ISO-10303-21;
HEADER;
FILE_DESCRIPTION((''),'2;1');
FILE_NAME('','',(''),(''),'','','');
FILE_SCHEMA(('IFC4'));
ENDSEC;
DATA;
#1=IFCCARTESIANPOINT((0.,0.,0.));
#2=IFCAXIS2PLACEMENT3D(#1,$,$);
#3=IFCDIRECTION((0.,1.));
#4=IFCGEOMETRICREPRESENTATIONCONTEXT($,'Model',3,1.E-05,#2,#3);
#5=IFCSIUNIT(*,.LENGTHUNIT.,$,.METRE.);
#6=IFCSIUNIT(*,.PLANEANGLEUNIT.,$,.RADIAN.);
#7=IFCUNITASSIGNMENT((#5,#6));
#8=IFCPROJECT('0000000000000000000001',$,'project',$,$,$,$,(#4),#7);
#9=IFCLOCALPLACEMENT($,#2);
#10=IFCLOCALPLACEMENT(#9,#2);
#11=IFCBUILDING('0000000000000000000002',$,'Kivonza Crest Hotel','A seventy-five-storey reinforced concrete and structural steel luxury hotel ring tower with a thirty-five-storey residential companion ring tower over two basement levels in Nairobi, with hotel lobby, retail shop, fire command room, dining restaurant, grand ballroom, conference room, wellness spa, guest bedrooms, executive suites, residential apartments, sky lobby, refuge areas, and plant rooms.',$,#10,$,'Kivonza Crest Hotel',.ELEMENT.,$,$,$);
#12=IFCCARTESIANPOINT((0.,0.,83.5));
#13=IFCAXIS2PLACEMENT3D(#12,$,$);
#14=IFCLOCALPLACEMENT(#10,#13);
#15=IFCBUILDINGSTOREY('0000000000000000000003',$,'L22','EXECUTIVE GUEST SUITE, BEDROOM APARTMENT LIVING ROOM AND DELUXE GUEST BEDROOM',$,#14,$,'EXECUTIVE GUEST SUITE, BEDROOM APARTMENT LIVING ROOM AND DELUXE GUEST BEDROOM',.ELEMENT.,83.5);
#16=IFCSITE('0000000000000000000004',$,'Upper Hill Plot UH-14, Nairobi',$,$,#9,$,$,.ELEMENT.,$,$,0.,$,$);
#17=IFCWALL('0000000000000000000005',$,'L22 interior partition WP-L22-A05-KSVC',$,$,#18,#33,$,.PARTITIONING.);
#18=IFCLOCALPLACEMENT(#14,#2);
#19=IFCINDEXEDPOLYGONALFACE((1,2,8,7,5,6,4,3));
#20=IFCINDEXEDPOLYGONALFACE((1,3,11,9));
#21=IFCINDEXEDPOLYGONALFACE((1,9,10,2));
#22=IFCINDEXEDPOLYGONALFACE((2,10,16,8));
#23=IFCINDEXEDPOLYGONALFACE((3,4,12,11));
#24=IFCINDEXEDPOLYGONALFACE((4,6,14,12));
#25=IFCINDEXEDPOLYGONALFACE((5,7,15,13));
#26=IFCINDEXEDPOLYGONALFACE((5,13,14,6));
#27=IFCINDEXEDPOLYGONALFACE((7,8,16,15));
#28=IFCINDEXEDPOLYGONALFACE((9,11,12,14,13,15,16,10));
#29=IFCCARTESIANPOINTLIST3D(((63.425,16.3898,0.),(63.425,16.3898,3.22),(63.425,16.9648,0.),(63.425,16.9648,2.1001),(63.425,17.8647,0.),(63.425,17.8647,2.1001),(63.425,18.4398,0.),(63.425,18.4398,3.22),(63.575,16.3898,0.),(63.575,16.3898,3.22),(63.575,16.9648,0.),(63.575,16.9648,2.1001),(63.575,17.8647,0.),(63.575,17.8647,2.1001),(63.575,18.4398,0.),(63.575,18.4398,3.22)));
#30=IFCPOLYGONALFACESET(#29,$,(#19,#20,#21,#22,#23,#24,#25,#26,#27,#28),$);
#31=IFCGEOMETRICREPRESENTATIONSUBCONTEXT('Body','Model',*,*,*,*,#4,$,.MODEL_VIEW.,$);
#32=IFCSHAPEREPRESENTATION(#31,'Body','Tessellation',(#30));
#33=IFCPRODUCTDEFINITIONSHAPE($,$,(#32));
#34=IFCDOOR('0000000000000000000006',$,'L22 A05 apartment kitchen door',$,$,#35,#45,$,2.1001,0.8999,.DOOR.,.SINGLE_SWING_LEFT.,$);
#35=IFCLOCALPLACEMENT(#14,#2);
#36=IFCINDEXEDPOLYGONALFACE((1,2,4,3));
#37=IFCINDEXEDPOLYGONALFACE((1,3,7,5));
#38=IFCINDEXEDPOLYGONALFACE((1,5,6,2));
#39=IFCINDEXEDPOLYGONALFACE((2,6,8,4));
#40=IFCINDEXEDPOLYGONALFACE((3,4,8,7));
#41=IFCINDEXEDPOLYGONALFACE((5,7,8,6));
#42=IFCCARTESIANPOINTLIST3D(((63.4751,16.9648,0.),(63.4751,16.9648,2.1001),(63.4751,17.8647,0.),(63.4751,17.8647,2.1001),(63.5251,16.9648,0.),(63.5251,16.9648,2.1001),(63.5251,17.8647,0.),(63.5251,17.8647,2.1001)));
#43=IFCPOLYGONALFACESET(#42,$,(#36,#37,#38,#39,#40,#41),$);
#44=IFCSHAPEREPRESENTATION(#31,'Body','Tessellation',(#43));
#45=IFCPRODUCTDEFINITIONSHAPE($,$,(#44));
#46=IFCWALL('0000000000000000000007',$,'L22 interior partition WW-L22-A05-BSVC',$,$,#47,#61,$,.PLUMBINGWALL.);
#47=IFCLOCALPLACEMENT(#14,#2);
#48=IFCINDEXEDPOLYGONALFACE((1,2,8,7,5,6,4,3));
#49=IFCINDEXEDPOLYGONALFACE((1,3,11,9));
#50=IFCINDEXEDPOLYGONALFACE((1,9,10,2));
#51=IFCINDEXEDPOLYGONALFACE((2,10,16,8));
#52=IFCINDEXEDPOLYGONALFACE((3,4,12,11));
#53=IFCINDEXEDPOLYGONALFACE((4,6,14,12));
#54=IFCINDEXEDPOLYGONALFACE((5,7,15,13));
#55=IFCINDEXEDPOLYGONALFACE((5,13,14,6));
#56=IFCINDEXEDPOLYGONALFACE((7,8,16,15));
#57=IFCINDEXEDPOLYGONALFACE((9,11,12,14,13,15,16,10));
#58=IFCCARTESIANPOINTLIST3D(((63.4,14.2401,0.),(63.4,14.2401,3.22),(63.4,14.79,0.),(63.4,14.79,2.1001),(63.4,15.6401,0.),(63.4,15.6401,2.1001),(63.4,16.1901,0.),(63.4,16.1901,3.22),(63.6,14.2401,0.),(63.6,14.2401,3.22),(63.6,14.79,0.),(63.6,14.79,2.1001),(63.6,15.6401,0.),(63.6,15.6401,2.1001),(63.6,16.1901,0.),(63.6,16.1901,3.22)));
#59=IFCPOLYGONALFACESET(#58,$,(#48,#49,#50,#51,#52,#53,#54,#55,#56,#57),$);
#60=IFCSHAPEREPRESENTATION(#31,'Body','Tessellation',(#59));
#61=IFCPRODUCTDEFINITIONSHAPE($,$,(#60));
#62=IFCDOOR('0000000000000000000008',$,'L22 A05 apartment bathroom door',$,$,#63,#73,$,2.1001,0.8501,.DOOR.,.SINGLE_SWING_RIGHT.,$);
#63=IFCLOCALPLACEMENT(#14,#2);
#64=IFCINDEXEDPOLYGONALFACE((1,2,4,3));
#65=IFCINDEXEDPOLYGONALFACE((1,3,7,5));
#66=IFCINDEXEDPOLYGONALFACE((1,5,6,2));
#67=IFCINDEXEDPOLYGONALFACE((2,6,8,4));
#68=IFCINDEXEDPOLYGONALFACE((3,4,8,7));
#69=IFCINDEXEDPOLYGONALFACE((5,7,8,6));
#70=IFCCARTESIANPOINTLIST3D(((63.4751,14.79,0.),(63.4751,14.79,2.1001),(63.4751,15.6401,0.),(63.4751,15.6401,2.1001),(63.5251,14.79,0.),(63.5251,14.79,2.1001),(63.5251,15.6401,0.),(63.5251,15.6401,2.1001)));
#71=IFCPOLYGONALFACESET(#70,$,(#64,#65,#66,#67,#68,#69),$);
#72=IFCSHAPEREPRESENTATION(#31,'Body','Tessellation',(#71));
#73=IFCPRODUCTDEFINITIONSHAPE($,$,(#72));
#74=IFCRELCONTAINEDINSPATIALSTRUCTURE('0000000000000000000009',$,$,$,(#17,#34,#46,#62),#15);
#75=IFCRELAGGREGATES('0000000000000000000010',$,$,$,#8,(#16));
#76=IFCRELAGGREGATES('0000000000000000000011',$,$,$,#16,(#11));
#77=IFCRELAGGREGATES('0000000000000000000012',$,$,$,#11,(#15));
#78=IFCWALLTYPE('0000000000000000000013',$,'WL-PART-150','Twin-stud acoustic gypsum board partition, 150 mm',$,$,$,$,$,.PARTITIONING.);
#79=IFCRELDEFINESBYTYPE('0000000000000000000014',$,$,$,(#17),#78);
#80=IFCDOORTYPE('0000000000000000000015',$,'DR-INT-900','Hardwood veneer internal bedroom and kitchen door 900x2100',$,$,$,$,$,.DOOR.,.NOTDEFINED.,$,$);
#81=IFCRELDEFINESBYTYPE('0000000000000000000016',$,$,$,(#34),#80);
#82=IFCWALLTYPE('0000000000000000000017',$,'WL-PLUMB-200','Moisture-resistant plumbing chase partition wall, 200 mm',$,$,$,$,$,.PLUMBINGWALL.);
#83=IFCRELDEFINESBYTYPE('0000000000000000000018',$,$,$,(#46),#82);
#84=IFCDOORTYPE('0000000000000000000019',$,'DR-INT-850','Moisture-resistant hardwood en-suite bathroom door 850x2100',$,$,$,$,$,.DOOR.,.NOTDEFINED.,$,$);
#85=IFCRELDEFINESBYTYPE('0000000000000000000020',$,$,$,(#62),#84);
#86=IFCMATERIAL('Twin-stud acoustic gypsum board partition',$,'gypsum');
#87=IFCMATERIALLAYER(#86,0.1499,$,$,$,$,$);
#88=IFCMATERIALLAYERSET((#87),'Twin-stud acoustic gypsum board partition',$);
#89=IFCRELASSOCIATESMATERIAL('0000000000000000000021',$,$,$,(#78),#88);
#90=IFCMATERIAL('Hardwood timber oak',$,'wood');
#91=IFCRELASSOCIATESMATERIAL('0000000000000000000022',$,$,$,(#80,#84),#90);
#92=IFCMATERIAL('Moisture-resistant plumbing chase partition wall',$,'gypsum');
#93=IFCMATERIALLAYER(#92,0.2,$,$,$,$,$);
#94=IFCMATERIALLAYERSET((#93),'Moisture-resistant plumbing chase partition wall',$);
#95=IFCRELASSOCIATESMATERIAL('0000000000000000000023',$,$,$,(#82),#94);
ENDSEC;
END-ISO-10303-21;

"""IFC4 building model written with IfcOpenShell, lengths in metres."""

from ifc_helpers import new_model, si_unit, direction, frame, frame_2d, origin, place, context, subcontext, project, spatial, rectangle, extrude, material, layer, layer_set, type_object, element, fill, save


model = new_model("IFC4")

# Units and contexts
model_context = context("Model", 3, precision=1e-05, world=origin(), true_north=direction((0.0, 1.0)))
body_context = subcontext(model_context, "Body", "Model", "MODEL_VIEW")
ifc_project = project(units=[si_unit("LENGTHUNIT", "METRE"), si_unit("PLANEANGLEUNIT", "RADIAN")], contexts=[model_context])

# Site, building, storey
site_placement = place(None, origin())
site = spatial("IfcSite", under=ifc_project, at=site_placement, Name="Upper Hill Plot UH-14, Nairobi", CompositionType="ELEMENT", RefElevation=0.0)
building_placement = place(site_placement, origin())
building = spatial("IfcBuilding", under=site, at=building_placement, Name="Kivonza Crest Hotel", Description="A seventy-five-storey reinforced concrete and structural steel luxury hotel ring tower with a thirty-five-storey residential companion ring tower over two basement levels in Nairobi, with hotel lobby, retail shop, fire command room, dining restaurant, grand ballroom, conference room, wellness spa, guest bedrooms, executive suites, residential apartments, sky lobby, refuge areas, and plant rooms.", LongName="Kivonza Crest Hotel", CompositionType="ELEMENT")
storey_placement = place(building_placement, frame((0.0, 0.0, 83.5)))
storey = spatial("IfcBuildingStorey", under=building, at=storey_placement, Name="L22", Description="EXECUTIVE GUEST SUITE, BEDROOM APARTMENT LIVING ROOM AND DELUXE GUEST BEDROOM", LongName="EXECUTIVE GUEST SUITE, BEDROOM APARTMENT LIVING ROOM AND DELUXE GUEST BEDROOM", CompositionType="ELEMENT", Elevation=83.5)

# Walls, openings, doors
ifc_material_1 = material(Name="Twin-stud acoustic gypsum board partition", Category="gypsum")
ifc_layer_1 = layer(ifc_material_1, 0.1499)
ifc_layer_set_1 = layer_set([ifc_layer_1], Name="Twin-stud acoustic gypsum board partition")
wall_type_1 = type_object("IfcWallType", Name="WL-PART-150", Description="Twin-stud acoustic gypsum board partition, 150 mm", PredefinedType="PARTITIONING", material=ifc_layer_set_1)
ifc_material_2 = material(Name="Hardwood timber oak", Category="wood")
door_type_1 = type_object("IfcDoorType", Name="DR-INT-900", Description="Hardwood veneer internal bedroom and kitchen door 900x2100", OperationType="NOTDEFINED", PredefinedType="DOOR", material=ifc_material_2)
wall_1_placement = place(storey_placement, frame((63.5, 16.3899, 0.0), z_axis=(0.0, 0.0, 1.0), x_axis=(0.0, 1.0, 0.0)))
wall_1 = element("IfcWall", 1, at=wall_1_placement, inside=storey, type_object=wall_type_1, Name="L22 interior partition WP-L22-A05-KSVC", PredefinedType="PARTITIONING", context=body_context, shape_type="SweptSolid", body=[
    extrude(rectangle(XDim=2.05, YDim=0.1499, at=frame_2d((1.0249, 0.0))), origin(), (0.0, 0.0, 1.0), 3.22),
])
opening_1_placement = place(wall_1_placement, frame((0.575, 0.0, 0.0)))
opening_1 = element("IfcOpeningElement", 2, at=opening_1_placement, cuts=wall_1, PredefinedType="OPENING", context=body_context, shape_type="SweptSolid", body=[
    extrude(rectangle(XDim=0.8999, YDim=2.1001, at=frame_2d((0.45, 1.05))), frame((0.0, 0.085, 0.0), z_axis=(0.0, -1.0, 0.0), x_axis=(1.0, 0.0, 0.0)), (0.0, 0.0, 1.0), 0.1699),
])
door_1_placement = place(opening_1_placement, origin())
door_1 = element("IfcDoor", 3, at=door_1_placement, inside=storey, type_object=door_type_1, Name="L22 A05 apartment kitchen door", OperationType="SINGLE_SWING_LEFT", OverallHeight=2.1001, OverallWidth=0.8999, PredefinedType="DOOR", context=body_context, shape_type="SweptSolid", body=[
    extrude(rectangle(XDim=0.8999, YDim=2.1001, at=frame_2d((0.45, 1.05))), frame((0.0, 0.0249, 0.0), z_axis=(0.0, -1.0, 0.0), x_axis=(1.0, 0.0, 0.0)), (0.0, 0.0, 1.0), 0.05),
])
fill(opening_1, door_1)
ifc_material_3 = material(Name="Moisture-resistant plumbing chase partition wall", Category="gypsum")
ifc_layer_2 = layer(ifc_material_3, 0.2)
ifc_layer_set_2 = layer_set([ifc_layer_2], Name="Moisture-resistant plumbing chase partition wall")
wall_type_2 = type_object("IfcWallType", Name="WL-PLUMB-200", Description="Moisture-resistant plumbing chase partition wall, 200 mm", PredefinedType="PLUMBINGWALL", material=ifc_layer_set_2)
wall_2_placement = place(storey_placement, frame((63.5, 14.24, 0.0), z_axis=(0.0, 0.0, 1.0), x_axis=(0.0, 1.0, 0.0)))
wall_2 = element("IfcWall", 4, at=wall_2_placement, inside=storey, type_object=wall_type_2, Name="L22 interior partition WW-L22-A05-BSVC", PredefinedType="PLUMBINGWALL", context=body_context, shape_type="SweptSolid", body=[
    extrude(rectangle(XDim=1.95, YDim=0.2, at=frame_2d((0.9751, 0.0))), origin(), (0.0, 0.0, 1.0), 3.22),
])
opening_2_placement = place(wall_2_placement, frame((0.55, 0.0, 0.0)))
opening_2 = element("IfcOpeningElement", 5, at=opening_2_placement, cuts=wall_2, PredefinedType="OPENING", context=body_context, shape_type="SweptSolid", body=[
    extrude(rectangle(XDim=0.8501, YDim=2.1001, at=frame_2d((0.425, 1.05))), frame((0.0, 0.1099, 0.0), z_axis=(0.0, -1.0, 0.0), x_axis=(1.0, 0.0, 0.0)), (0.0, 0.0, 1.0), 0.22),
])
door_type_2 = type_object("IfcDoorType", Name="DR-INT-850", Description="Moisture-resistant hardwood en-suite bathroom door 850x2100", OperationType="NOTDEFINED", PredefinedType="DOOR", material=ifc_material_2)
door_2_placement = place(opening_2_placement, origin())
door_2 = element("IfcDoor", 6, at=door_2_placement, inside=storey, type_object=door_type_2, Name="L22 A05 apartment bathroom door", OperationType="SINGLE_SWING_RIGHT", OverallHeight=2.1001, OverallWidth=0.8501, PredefinedType="DOOR", context=body_context, shape_type="SweptSolid", body=[
    extrude(rectangle(XDim=0.8501, YDim=2.1001, at=frame_2d((0.425, 1.05))), frame((0.0, 0.0249, 0.0), z_axis=(0.0, -1.0, 0.0), x_axis=(1.0, 0.0, 0.0)), (0.0, 0.0, 1.0), 0.05),
])
fill(opening_2, door_2)

save(model, "model.ifc")
